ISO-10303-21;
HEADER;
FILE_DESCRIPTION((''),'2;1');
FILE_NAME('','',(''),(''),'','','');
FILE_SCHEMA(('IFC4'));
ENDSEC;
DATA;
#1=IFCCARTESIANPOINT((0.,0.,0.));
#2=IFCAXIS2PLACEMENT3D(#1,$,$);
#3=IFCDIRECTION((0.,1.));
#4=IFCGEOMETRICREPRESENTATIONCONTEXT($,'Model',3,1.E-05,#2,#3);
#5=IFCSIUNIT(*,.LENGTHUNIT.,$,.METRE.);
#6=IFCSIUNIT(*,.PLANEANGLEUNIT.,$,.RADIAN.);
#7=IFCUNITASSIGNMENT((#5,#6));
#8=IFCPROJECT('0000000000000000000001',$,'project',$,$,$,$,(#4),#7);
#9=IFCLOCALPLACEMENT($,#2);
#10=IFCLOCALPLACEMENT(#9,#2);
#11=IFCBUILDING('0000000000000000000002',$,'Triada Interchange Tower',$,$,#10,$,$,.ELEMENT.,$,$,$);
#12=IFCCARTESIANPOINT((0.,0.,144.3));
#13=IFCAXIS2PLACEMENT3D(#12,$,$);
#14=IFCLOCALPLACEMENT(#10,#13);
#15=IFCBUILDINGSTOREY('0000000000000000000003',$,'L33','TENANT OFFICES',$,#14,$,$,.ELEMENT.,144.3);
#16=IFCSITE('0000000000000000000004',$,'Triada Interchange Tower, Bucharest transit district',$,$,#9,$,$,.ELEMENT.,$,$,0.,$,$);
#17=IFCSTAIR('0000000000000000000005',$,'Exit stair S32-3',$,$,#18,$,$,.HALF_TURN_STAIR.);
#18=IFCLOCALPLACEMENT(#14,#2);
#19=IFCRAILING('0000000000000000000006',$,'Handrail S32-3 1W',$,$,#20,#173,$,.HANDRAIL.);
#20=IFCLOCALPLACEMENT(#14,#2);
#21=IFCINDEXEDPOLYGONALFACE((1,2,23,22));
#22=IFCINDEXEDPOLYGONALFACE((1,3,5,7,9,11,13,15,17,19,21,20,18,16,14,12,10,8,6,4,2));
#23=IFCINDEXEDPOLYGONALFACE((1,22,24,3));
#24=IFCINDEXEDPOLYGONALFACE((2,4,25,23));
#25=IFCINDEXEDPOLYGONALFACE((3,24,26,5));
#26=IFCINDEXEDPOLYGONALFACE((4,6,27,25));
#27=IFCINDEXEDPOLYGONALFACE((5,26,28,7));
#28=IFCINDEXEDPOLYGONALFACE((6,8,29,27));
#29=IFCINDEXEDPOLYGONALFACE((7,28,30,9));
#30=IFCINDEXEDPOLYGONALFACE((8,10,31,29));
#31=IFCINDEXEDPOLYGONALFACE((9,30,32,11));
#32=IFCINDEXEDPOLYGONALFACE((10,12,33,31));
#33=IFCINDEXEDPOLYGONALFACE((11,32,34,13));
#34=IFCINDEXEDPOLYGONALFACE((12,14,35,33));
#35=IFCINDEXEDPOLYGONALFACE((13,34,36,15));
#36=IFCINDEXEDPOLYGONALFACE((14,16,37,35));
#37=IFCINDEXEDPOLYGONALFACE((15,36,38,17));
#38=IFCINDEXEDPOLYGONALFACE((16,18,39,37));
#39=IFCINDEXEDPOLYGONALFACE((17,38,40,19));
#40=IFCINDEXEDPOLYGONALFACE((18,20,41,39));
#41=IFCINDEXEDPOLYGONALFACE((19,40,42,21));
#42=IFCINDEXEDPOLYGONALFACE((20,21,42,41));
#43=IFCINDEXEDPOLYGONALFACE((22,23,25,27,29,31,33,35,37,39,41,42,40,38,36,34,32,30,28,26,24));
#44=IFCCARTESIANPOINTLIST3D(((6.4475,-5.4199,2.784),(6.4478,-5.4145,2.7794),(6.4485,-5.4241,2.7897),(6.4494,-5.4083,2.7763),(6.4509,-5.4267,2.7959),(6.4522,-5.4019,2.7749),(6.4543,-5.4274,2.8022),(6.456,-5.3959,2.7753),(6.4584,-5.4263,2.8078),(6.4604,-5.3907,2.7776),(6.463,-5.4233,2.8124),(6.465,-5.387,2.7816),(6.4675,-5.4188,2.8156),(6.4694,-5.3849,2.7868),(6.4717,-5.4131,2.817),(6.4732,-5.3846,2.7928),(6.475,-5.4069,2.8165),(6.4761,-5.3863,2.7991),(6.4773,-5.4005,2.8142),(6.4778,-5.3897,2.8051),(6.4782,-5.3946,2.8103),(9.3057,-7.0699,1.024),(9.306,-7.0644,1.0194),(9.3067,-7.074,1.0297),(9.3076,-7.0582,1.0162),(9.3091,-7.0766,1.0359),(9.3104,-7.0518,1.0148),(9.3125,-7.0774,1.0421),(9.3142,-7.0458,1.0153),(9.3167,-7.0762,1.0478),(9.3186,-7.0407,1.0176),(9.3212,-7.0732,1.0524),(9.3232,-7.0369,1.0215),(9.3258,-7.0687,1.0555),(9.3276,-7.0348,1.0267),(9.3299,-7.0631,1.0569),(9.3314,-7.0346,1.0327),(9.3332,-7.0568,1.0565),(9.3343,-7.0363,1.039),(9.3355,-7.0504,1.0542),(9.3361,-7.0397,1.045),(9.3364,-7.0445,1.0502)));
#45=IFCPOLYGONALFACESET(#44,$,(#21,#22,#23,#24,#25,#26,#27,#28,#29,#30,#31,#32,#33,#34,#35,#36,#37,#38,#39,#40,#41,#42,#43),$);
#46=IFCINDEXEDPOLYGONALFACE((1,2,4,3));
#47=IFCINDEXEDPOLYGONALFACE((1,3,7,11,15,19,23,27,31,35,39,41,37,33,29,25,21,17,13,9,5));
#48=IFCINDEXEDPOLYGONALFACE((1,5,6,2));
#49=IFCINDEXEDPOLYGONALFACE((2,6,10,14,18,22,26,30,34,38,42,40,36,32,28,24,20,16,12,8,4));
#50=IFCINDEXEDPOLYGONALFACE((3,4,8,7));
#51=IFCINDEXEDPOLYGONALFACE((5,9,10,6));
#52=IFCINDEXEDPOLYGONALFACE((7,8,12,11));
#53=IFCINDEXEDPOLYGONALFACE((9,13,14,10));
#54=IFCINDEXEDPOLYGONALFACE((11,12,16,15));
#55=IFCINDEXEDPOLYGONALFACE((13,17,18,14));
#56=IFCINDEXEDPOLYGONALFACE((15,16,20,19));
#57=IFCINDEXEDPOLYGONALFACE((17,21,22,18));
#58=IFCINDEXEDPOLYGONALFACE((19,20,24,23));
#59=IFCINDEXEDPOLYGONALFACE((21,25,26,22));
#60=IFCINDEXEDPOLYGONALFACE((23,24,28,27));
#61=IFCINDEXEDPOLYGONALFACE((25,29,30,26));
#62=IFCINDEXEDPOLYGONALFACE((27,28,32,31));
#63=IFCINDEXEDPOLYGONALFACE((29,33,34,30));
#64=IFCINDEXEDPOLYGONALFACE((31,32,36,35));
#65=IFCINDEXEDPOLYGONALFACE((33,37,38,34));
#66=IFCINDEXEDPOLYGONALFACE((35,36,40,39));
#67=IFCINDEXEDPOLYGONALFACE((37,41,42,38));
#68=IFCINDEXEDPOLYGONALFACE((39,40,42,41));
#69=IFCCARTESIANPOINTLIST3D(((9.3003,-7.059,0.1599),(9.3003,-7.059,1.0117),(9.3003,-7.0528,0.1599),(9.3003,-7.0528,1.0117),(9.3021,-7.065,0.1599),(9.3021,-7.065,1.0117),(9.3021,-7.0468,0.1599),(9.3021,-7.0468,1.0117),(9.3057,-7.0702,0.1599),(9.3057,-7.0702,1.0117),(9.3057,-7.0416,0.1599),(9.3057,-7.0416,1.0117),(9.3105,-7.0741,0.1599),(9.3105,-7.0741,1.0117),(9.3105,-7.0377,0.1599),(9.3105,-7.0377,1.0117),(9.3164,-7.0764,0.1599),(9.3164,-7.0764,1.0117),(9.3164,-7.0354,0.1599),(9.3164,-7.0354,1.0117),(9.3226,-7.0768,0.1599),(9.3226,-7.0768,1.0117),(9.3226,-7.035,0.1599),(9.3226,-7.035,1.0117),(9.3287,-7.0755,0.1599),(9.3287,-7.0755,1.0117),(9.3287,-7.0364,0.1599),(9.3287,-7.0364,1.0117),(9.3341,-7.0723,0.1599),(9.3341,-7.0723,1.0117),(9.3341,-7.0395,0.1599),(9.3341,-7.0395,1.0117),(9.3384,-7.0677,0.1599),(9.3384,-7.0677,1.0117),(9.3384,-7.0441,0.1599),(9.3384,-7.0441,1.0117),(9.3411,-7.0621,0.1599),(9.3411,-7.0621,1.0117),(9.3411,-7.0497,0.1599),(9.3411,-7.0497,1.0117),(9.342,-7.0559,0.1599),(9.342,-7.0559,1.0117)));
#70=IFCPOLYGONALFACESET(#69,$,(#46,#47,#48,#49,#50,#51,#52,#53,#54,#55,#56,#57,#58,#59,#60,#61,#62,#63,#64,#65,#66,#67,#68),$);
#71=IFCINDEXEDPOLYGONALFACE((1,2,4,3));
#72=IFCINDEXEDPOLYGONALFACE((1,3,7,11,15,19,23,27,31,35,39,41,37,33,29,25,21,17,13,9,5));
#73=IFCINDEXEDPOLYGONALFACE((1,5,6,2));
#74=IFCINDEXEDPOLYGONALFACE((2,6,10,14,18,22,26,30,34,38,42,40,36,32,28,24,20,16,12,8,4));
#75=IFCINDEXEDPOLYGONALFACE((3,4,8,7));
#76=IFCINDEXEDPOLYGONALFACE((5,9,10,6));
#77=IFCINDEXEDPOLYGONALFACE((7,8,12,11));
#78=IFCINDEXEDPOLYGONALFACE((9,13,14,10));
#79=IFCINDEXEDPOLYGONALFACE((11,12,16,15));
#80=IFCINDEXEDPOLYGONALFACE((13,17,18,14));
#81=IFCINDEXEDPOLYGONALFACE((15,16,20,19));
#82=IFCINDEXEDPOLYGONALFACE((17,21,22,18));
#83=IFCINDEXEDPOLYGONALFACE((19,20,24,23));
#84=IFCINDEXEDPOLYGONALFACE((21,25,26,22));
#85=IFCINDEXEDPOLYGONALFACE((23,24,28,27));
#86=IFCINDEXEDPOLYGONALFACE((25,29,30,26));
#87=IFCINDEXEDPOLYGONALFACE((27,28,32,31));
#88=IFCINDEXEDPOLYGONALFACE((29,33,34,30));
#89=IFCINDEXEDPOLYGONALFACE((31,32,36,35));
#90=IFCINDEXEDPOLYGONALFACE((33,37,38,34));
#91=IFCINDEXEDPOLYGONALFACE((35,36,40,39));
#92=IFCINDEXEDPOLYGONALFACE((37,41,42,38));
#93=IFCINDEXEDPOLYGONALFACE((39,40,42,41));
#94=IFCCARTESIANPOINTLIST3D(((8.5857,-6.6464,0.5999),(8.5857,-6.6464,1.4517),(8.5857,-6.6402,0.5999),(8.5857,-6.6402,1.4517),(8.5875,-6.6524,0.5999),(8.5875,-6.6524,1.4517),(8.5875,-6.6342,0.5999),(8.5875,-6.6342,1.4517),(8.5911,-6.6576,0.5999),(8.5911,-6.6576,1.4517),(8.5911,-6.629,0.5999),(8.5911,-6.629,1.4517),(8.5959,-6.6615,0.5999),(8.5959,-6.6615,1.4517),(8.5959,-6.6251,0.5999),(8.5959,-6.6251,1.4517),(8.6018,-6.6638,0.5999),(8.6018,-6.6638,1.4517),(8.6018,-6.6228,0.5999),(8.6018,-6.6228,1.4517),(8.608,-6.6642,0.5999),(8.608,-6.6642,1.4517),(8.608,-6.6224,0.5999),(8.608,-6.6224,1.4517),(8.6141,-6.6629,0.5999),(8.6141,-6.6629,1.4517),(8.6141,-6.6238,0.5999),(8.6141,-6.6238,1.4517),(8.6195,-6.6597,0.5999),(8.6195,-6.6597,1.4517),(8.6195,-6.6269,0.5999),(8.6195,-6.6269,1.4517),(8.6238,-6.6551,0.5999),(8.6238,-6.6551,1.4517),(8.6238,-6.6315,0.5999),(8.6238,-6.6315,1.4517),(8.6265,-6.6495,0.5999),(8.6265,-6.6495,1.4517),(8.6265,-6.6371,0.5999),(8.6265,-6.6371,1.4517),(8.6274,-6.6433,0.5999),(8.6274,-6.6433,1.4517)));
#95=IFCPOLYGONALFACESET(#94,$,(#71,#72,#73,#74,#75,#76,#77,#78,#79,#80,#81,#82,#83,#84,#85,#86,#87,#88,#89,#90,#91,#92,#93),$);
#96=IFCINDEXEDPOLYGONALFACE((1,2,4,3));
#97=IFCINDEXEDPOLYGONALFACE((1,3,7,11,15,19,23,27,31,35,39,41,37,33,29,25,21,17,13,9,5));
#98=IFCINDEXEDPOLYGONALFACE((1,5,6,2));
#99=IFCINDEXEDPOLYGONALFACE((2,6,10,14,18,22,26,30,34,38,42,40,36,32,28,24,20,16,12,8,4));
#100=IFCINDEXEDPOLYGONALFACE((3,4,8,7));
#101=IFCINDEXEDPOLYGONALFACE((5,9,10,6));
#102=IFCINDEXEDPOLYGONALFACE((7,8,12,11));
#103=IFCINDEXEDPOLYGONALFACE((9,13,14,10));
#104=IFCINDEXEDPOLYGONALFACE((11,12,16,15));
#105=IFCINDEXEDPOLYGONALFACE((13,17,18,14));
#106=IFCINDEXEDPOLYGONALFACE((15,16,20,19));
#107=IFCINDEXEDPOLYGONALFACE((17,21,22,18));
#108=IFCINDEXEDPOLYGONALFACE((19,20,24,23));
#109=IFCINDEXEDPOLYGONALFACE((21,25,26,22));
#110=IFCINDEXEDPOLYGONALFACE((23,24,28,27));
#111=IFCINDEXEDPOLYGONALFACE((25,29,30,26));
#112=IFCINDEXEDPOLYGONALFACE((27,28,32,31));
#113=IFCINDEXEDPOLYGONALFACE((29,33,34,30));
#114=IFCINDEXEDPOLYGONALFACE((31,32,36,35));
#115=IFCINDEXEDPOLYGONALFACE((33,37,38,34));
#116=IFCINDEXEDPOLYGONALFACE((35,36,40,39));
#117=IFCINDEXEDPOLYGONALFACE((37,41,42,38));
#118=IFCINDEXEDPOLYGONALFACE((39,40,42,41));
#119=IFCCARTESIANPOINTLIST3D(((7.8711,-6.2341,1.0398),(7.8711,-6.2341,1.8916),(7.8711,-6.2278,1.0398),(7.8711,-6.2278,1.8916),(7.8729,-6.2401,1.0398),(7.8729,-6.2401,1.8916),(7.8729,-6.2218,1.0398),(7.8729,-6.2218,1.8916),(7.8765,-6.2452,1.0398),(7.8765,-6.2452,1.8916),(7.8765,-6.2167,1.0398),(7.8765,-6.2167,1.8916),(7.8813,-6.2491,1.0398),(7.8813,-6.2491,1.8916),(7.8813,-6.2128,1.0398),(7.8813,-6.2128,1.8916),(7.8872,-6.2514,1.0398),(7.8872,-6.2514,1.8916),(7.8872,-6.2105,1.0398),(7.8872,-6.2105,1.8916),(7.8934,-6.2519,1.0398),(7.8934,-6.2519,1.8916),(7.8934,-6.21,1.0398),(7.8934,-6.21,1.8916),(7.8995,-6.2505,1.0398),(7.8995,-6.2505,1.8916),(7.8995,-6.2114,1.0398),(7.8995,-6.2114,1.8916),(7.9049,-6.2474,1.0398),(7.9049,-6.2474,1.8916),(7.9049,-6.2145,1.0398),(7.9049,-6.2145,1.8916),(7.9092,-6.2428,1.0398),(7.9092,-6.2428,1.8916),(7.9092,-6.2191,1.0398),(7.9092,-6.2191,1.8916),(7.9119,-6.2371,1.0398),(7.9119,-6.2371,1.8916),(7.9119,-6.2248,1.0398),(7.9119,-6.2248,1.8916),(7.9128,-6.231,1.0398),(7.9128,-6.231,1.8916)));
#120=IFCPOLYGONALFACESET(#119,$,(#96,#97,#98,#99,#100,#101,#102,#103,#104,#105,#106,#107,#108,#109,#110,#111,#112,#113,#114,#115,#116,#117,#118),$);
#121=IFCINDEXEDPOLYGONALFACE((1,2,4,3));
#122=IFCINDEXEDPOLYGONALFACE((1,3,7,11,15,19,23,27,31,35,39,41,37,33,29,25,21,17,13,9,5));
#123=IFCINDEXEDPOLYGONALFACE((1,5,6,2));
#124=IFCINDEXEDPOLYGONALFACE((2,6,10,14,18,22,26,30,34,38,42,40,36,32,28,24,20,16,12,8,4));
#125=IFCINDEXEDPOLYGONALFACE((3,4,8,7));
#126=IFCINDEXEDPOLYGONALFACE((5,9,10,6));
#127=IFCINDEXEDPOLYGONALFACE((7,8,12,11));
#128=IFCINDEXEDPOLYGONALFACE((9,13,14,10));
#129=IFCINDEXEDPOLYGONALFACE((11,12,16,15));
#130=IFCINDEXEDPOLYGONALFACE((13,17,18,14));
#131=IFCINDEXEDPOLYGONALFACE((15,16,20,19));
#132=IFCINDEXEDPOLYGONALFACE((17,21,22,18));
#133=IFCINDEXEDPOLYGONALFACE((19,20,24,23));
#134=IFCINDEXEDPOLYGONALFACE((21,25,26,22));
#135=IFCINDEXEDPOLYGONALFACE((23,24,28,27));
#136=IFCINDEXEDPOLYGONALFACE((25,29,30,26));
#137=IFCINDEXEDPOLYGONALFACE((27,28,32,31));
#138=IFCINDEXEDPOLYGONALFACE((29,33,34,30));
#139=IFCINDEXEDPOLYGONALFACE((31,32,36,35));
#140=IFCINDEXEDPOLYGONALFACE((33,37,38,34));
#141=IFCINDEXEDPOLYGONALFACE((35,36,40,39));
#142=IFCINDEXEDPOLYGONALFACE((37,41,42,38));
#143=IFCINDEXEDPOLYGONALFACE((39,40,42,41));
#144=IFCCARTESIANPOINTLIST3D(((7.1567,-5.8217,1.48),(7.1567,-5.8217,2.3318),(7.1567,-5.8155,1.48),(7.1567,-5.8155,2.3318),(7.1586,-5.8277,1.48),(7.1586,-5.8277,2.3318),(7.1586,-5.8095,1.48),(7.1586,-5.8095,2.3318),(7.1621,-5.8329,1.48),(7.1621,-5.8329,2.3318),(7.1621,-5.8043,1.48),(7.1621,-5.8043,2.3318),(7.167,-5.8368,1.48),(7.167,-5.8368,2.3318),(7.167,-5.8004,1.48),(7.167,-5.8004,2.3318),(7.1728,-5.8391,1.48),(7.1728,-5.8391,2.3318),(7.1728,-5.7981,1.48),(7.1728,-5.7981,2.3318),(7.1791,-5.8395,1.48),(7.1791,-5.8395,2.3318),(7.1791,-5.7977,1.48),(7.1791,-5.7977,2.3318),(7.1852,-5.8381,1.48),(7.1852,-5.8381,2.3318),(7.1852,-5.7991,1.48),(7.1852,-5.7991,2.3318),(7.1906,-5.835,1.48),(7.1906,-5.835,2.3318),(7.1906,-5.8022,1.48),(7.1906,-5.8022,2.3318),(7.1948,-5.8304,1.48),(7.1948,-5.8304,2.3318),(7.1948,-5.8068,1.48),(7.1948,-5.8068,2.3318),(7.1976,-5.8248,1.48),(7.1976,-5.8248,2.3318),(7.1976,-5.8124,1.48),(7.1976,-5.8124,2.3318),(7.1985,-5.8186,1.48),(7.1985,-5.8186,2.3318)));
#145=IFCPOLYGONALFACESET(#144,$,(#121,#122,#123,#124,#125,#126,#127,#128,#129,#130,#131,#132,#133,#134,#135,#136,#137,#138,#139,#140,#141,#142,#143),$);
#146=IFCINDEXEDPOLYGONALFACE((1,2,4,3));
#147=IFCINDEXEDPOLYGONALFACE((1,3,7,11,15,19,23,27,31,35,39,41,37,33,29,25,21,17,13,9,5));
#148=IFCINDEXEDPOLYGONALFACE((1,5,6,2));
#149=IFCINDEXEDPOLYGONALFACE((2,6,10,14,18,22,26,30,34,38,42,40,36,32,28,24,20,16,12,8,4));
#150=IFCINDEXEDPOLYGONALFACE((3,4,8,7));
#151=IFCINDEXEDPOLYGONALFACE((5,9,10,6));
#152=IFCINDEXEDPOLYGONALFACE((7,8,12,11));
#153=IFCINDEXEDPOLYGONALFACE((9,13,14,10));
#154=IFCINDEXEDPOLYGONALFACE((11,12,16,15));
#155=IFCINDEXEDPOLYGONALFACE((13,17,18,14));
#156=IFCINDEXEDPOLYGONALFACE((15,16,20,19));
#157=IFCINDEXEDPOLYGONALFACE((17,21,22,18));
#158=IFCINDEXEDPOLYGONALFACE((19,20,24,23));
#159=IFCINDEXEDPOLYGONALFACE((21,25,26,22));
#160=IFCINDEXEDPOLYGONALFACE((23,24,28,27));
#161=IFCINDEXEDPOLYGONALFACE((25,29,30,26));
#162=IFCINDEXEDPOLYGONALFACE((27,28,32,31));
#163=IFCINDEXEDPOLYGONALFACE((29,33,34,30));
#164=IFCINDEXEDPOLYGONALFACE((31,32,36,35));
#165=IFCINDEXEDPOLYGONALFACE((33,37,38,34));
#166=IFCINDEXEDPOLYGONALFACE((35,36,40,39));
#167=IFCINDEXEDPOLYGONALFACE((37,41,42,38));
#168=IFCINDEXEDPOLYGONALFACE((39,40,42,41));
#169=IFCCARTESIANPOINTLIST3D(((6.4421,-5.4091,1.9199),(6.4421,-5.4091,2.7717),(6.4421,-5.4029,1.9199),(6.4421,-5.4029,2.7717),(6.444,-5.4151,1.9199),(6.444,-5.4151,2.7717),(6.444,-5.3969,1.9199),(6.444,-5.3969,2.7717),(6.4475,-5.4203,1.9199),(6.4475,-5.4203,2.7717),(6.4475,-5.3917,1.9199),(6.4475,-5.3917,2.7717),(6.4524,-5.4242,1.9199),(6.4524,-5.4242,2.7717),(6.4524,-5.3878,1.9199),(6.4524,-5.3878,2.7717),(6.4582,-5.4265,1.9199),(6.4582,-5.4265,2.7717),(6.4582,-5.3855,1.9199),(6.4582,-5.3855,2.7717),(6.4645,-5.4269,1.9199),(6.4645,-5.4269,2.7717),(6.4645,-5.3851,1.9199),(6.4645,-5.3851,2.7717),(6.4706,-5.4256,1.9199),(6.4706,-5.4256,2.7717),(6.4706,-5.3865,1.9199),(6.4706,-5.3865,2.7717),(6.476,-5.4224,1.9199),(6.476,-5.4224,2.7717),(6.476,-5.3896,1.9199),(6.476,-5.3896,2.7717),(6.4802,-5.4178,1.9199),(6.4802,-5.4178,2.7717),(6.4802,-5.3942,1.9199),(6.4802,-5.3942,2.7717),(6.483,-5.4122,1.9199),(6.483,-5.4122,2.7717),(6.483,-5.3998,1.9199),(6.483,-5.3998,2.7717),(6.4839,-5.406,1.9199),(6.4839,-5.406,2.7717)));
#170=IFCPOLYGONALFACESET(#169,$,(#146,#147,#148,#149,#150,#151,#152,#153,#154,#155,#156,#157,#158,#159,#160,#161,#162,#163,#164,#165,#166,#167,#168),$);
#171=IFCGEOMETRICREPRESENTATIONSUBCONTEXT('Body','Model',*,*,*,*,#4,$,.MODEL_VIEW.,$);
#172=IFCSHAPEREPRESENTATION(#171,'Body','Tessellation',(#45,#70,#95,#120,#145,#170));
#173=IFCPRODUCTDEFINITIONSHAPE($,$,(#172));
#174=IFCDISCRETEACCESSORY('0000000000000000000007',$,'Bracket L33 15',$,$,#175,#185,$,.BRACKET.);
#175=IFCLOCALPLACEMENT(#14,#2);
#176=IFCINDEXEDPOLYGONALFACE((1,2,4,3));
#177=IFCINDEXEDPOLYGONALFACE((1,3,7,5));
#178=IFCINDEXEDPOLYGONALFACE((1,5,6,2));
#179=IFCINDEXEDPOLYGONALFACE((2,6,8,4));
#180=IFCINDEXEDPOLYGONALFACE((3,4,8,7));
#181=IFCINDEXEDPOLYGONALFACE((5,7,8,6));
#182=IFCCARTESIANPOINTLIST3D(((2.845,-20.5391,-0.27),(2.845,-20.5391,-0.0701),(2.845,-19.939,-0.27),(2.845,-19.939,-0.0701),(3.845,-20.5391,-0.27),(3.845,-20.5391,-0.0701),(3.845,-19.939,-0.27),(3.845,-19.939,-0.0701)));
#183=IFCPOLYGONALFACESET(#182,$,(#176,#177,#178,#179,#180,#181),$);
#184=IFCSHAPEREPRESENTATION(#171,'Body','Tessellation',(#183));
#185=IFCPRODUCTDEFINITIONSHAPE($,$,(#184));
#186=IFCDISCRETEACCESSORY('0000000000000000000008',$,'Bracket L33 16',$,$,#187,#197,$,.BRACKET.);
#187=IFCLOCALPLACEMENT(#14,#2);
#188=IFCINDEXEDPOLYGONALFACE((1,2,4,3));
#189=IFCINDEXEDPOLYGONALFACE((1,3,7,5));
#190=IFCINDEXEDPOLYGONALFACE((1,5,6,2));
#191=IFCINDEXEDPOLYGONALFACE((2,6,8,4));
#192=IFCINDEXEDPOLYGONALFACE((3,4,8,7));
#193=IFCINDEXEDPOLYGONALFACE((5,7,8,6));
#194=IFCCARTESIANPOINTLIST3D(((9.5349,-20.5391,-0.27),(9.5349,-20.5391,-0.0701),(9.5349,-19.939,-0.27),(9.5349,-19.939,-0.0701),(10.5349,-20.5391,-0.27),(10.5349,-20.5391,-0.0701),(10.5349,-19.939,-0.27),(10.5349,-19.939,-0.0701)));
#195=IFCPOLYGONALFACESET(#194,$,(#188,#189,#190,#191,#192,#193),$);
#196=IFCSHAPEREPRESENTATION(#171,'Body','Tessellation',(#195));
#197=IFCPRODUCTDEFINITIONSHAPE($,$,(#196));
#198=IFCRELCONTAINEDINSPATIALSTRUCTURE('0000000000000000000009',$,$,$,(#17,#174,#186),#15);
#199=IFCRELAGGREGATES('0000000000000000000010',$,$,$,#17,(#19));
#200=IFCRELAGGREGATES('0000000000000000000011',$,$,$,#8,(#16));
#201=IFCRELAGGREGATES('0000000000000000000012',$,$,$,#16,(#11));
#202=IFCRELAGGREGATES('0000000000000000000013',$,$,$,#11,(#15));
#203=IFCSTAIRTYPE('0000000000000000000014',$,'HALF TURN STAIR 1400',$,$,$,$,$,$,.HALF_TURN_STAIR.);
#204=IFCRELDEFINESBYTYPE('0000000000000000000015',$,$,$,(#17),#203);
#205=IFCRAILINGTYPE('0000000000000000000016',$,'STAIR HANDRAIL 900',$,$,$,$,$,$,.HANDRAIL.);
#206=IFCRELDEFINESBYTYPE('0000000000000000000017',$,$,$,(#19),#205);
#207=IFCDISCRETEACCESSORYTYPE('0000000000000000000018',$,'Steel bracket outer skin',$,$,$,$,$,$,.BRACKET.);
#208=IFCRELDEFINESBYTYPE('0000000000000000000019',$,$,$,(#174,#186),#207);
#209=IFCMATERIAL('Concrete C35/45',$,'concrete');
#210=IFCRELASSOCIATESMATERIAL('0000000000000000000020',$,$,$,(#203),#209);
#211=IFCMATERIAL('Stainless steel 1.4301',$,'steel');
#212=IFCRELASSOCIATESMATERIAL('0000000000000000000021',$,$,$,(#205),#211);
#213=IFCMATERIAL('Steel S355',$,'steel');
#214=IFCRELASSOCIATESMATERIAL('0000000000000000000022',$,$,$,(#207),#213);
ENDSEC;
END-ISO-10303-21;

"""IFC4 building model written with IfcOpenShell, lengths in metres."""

from ifc_helpers import new_model, si_unit, direction, frame, origin, origin_2d, place, context, subcontext, project, spatial, rectangle, circle, extrude, material, type_object, element, aggregate, save


model = new_model("IFC4")

# Units and contexts
model_context = context("Model", 3, precision=1e-05, world=origin(), true_north=direction((0.0, 1.0)))
body_context = subcontext(model_context, "Body", "Model", "MODEL_VIEW")
ifc_project = project(units=[si_unit("LENGTHUNIT", "METRE"), si_unit("PLANEANGLEUNIT", "RADIAN")], contexts=[model_context])

# Site, building, storey
site_placement = place(None, origin())
site = spatial("IfcSite", under=ifc_project, at=site_placement, Name="Triada Interchange Tower, Bucharest transit district", CompositionType="ELEMENT", RefElevation=0.0)
building_placement = place(site_placement, origin())
building = spatial("IfcBuilding", under=site, at=building_placement, Name="Triada Interchange Tower", CompositionType="ELEMENT")
storey_placement = place(building_placement, frame((0.0, 0.0, 144.3)))
storey = spatial("IfcBuildingStorey", under=building, at=storey_placement, Name="L33", Description="TENANT OFFICES", CompositionType="ELEMENT", Elevation=144.3)

# Stair, railing
ifc_material_1 = material(Name="Concrete C35/45", Category="concrete")
stair_type = type_object("IfcStairType", Name="HALF TURN STAIR 1400", PredefinedType="HALF_TURN_STAIR", material=ifc_material_1)
stair_placement = place(storey_placement, origin())
stair = element("IfcStair", 1, at=stair_placement, inside=storey, type_object=stair_type, Name="Exit stair S32-3", PredefinedType="HALF_TURN_STAIR")
ifc_material_2 = material(Name="Stainless steel 1.4301", Category="steel")
railing_type = type_object("IfcRailingType", Name="STAIR HANDRAIL 900", PredefinedType="HANDRAIL", material=ifc_material_2)
railing_placement = place(storey_placement, frame((9.321, -7.0559, 0.1599)))
railing = element("IfcRailing", 2, at=railing_placement, type_object=railing_type, Name="Handrail S32-3 1W", PredefinedType="HANDRAIL", context=body_context, shape_type="SweptSolid", body=[
    extrude(circle(Radius=0.0239, at=origin_2d()), frame((0.0, 0.0, 0.876), z_axis=(-0.764178, 0.441131, 0.47057), x_axis=(-0.499942, -0.866059, 0.0)), (0.0, 0.0, 1.0), 3.7402),
    extrude(circle(Radius=0.021, at=origin_2d()), origin(), (0.0, 0.0, 1.0), 0.8518),
    extrude(circle(Radius=0.021, at=origin_2d()), frame((-0.7146, 0.4126, 0.4399)), (0.0, 0.0, 1.0), 0.8518),
    extrude(circle(Radius=0.021, at=origin_2d()), frame((-1.4292, 0.825, 0.8799)), (0.0, 0.0, 1.0), 0.8518),
    extrude(circle(Radius=0.021, at=origin_2d()), frame((-2.1436, 1.2373, 1.3201)), (0.0, 0.0, 1.0), 0.8518),
    extrude(circle(Radius=0.021, at=origin_2d()), frame((-2.8582, 1.6499, 1.76)), (0.0, 0.0, 1.0), 0.8518),
])
aggregate(stair, [railing])

# Discrete accessories
ifc_material_3 = material(Name="Steel S355", Category="steel")
discrete_accessory_type = type_object("IfcDiscreteAccessoryType", Name="Steel bracket outer skin", PredefinedType="BRACKET", material=ifc_material_3)
for number, where, z_axis, x_axis, name in (
    (3, (3.345, -20.239, -0.27), (0.0, 0.0, 1.0), (0.0, -1.0, 0.0), "Bracket L33 15"),
    (4, (10.0349, -20.239, -0.27), (0.0, 0.0, 1.0), (0.0, -1.0, 0.0), "Bracket L33 16"),
):
    element("IfcDiscreteAccessory", number, at=place(storey_placement, frame(where, z_axis=z_axis, x_axis=x_axis)), inside=storey, type_object=discrete_accessory_type, Name=name, PredefinedType="BRACKET", context=body_context, shape_type="SweptSolid", body=[
        extrude(rectangle(XDim=0.6001, YDim=1.0, at=origin_2d()), origin(), (0.0, 0.0, 1.0), 0.2),
    ])

save(model, "model.ifc")
